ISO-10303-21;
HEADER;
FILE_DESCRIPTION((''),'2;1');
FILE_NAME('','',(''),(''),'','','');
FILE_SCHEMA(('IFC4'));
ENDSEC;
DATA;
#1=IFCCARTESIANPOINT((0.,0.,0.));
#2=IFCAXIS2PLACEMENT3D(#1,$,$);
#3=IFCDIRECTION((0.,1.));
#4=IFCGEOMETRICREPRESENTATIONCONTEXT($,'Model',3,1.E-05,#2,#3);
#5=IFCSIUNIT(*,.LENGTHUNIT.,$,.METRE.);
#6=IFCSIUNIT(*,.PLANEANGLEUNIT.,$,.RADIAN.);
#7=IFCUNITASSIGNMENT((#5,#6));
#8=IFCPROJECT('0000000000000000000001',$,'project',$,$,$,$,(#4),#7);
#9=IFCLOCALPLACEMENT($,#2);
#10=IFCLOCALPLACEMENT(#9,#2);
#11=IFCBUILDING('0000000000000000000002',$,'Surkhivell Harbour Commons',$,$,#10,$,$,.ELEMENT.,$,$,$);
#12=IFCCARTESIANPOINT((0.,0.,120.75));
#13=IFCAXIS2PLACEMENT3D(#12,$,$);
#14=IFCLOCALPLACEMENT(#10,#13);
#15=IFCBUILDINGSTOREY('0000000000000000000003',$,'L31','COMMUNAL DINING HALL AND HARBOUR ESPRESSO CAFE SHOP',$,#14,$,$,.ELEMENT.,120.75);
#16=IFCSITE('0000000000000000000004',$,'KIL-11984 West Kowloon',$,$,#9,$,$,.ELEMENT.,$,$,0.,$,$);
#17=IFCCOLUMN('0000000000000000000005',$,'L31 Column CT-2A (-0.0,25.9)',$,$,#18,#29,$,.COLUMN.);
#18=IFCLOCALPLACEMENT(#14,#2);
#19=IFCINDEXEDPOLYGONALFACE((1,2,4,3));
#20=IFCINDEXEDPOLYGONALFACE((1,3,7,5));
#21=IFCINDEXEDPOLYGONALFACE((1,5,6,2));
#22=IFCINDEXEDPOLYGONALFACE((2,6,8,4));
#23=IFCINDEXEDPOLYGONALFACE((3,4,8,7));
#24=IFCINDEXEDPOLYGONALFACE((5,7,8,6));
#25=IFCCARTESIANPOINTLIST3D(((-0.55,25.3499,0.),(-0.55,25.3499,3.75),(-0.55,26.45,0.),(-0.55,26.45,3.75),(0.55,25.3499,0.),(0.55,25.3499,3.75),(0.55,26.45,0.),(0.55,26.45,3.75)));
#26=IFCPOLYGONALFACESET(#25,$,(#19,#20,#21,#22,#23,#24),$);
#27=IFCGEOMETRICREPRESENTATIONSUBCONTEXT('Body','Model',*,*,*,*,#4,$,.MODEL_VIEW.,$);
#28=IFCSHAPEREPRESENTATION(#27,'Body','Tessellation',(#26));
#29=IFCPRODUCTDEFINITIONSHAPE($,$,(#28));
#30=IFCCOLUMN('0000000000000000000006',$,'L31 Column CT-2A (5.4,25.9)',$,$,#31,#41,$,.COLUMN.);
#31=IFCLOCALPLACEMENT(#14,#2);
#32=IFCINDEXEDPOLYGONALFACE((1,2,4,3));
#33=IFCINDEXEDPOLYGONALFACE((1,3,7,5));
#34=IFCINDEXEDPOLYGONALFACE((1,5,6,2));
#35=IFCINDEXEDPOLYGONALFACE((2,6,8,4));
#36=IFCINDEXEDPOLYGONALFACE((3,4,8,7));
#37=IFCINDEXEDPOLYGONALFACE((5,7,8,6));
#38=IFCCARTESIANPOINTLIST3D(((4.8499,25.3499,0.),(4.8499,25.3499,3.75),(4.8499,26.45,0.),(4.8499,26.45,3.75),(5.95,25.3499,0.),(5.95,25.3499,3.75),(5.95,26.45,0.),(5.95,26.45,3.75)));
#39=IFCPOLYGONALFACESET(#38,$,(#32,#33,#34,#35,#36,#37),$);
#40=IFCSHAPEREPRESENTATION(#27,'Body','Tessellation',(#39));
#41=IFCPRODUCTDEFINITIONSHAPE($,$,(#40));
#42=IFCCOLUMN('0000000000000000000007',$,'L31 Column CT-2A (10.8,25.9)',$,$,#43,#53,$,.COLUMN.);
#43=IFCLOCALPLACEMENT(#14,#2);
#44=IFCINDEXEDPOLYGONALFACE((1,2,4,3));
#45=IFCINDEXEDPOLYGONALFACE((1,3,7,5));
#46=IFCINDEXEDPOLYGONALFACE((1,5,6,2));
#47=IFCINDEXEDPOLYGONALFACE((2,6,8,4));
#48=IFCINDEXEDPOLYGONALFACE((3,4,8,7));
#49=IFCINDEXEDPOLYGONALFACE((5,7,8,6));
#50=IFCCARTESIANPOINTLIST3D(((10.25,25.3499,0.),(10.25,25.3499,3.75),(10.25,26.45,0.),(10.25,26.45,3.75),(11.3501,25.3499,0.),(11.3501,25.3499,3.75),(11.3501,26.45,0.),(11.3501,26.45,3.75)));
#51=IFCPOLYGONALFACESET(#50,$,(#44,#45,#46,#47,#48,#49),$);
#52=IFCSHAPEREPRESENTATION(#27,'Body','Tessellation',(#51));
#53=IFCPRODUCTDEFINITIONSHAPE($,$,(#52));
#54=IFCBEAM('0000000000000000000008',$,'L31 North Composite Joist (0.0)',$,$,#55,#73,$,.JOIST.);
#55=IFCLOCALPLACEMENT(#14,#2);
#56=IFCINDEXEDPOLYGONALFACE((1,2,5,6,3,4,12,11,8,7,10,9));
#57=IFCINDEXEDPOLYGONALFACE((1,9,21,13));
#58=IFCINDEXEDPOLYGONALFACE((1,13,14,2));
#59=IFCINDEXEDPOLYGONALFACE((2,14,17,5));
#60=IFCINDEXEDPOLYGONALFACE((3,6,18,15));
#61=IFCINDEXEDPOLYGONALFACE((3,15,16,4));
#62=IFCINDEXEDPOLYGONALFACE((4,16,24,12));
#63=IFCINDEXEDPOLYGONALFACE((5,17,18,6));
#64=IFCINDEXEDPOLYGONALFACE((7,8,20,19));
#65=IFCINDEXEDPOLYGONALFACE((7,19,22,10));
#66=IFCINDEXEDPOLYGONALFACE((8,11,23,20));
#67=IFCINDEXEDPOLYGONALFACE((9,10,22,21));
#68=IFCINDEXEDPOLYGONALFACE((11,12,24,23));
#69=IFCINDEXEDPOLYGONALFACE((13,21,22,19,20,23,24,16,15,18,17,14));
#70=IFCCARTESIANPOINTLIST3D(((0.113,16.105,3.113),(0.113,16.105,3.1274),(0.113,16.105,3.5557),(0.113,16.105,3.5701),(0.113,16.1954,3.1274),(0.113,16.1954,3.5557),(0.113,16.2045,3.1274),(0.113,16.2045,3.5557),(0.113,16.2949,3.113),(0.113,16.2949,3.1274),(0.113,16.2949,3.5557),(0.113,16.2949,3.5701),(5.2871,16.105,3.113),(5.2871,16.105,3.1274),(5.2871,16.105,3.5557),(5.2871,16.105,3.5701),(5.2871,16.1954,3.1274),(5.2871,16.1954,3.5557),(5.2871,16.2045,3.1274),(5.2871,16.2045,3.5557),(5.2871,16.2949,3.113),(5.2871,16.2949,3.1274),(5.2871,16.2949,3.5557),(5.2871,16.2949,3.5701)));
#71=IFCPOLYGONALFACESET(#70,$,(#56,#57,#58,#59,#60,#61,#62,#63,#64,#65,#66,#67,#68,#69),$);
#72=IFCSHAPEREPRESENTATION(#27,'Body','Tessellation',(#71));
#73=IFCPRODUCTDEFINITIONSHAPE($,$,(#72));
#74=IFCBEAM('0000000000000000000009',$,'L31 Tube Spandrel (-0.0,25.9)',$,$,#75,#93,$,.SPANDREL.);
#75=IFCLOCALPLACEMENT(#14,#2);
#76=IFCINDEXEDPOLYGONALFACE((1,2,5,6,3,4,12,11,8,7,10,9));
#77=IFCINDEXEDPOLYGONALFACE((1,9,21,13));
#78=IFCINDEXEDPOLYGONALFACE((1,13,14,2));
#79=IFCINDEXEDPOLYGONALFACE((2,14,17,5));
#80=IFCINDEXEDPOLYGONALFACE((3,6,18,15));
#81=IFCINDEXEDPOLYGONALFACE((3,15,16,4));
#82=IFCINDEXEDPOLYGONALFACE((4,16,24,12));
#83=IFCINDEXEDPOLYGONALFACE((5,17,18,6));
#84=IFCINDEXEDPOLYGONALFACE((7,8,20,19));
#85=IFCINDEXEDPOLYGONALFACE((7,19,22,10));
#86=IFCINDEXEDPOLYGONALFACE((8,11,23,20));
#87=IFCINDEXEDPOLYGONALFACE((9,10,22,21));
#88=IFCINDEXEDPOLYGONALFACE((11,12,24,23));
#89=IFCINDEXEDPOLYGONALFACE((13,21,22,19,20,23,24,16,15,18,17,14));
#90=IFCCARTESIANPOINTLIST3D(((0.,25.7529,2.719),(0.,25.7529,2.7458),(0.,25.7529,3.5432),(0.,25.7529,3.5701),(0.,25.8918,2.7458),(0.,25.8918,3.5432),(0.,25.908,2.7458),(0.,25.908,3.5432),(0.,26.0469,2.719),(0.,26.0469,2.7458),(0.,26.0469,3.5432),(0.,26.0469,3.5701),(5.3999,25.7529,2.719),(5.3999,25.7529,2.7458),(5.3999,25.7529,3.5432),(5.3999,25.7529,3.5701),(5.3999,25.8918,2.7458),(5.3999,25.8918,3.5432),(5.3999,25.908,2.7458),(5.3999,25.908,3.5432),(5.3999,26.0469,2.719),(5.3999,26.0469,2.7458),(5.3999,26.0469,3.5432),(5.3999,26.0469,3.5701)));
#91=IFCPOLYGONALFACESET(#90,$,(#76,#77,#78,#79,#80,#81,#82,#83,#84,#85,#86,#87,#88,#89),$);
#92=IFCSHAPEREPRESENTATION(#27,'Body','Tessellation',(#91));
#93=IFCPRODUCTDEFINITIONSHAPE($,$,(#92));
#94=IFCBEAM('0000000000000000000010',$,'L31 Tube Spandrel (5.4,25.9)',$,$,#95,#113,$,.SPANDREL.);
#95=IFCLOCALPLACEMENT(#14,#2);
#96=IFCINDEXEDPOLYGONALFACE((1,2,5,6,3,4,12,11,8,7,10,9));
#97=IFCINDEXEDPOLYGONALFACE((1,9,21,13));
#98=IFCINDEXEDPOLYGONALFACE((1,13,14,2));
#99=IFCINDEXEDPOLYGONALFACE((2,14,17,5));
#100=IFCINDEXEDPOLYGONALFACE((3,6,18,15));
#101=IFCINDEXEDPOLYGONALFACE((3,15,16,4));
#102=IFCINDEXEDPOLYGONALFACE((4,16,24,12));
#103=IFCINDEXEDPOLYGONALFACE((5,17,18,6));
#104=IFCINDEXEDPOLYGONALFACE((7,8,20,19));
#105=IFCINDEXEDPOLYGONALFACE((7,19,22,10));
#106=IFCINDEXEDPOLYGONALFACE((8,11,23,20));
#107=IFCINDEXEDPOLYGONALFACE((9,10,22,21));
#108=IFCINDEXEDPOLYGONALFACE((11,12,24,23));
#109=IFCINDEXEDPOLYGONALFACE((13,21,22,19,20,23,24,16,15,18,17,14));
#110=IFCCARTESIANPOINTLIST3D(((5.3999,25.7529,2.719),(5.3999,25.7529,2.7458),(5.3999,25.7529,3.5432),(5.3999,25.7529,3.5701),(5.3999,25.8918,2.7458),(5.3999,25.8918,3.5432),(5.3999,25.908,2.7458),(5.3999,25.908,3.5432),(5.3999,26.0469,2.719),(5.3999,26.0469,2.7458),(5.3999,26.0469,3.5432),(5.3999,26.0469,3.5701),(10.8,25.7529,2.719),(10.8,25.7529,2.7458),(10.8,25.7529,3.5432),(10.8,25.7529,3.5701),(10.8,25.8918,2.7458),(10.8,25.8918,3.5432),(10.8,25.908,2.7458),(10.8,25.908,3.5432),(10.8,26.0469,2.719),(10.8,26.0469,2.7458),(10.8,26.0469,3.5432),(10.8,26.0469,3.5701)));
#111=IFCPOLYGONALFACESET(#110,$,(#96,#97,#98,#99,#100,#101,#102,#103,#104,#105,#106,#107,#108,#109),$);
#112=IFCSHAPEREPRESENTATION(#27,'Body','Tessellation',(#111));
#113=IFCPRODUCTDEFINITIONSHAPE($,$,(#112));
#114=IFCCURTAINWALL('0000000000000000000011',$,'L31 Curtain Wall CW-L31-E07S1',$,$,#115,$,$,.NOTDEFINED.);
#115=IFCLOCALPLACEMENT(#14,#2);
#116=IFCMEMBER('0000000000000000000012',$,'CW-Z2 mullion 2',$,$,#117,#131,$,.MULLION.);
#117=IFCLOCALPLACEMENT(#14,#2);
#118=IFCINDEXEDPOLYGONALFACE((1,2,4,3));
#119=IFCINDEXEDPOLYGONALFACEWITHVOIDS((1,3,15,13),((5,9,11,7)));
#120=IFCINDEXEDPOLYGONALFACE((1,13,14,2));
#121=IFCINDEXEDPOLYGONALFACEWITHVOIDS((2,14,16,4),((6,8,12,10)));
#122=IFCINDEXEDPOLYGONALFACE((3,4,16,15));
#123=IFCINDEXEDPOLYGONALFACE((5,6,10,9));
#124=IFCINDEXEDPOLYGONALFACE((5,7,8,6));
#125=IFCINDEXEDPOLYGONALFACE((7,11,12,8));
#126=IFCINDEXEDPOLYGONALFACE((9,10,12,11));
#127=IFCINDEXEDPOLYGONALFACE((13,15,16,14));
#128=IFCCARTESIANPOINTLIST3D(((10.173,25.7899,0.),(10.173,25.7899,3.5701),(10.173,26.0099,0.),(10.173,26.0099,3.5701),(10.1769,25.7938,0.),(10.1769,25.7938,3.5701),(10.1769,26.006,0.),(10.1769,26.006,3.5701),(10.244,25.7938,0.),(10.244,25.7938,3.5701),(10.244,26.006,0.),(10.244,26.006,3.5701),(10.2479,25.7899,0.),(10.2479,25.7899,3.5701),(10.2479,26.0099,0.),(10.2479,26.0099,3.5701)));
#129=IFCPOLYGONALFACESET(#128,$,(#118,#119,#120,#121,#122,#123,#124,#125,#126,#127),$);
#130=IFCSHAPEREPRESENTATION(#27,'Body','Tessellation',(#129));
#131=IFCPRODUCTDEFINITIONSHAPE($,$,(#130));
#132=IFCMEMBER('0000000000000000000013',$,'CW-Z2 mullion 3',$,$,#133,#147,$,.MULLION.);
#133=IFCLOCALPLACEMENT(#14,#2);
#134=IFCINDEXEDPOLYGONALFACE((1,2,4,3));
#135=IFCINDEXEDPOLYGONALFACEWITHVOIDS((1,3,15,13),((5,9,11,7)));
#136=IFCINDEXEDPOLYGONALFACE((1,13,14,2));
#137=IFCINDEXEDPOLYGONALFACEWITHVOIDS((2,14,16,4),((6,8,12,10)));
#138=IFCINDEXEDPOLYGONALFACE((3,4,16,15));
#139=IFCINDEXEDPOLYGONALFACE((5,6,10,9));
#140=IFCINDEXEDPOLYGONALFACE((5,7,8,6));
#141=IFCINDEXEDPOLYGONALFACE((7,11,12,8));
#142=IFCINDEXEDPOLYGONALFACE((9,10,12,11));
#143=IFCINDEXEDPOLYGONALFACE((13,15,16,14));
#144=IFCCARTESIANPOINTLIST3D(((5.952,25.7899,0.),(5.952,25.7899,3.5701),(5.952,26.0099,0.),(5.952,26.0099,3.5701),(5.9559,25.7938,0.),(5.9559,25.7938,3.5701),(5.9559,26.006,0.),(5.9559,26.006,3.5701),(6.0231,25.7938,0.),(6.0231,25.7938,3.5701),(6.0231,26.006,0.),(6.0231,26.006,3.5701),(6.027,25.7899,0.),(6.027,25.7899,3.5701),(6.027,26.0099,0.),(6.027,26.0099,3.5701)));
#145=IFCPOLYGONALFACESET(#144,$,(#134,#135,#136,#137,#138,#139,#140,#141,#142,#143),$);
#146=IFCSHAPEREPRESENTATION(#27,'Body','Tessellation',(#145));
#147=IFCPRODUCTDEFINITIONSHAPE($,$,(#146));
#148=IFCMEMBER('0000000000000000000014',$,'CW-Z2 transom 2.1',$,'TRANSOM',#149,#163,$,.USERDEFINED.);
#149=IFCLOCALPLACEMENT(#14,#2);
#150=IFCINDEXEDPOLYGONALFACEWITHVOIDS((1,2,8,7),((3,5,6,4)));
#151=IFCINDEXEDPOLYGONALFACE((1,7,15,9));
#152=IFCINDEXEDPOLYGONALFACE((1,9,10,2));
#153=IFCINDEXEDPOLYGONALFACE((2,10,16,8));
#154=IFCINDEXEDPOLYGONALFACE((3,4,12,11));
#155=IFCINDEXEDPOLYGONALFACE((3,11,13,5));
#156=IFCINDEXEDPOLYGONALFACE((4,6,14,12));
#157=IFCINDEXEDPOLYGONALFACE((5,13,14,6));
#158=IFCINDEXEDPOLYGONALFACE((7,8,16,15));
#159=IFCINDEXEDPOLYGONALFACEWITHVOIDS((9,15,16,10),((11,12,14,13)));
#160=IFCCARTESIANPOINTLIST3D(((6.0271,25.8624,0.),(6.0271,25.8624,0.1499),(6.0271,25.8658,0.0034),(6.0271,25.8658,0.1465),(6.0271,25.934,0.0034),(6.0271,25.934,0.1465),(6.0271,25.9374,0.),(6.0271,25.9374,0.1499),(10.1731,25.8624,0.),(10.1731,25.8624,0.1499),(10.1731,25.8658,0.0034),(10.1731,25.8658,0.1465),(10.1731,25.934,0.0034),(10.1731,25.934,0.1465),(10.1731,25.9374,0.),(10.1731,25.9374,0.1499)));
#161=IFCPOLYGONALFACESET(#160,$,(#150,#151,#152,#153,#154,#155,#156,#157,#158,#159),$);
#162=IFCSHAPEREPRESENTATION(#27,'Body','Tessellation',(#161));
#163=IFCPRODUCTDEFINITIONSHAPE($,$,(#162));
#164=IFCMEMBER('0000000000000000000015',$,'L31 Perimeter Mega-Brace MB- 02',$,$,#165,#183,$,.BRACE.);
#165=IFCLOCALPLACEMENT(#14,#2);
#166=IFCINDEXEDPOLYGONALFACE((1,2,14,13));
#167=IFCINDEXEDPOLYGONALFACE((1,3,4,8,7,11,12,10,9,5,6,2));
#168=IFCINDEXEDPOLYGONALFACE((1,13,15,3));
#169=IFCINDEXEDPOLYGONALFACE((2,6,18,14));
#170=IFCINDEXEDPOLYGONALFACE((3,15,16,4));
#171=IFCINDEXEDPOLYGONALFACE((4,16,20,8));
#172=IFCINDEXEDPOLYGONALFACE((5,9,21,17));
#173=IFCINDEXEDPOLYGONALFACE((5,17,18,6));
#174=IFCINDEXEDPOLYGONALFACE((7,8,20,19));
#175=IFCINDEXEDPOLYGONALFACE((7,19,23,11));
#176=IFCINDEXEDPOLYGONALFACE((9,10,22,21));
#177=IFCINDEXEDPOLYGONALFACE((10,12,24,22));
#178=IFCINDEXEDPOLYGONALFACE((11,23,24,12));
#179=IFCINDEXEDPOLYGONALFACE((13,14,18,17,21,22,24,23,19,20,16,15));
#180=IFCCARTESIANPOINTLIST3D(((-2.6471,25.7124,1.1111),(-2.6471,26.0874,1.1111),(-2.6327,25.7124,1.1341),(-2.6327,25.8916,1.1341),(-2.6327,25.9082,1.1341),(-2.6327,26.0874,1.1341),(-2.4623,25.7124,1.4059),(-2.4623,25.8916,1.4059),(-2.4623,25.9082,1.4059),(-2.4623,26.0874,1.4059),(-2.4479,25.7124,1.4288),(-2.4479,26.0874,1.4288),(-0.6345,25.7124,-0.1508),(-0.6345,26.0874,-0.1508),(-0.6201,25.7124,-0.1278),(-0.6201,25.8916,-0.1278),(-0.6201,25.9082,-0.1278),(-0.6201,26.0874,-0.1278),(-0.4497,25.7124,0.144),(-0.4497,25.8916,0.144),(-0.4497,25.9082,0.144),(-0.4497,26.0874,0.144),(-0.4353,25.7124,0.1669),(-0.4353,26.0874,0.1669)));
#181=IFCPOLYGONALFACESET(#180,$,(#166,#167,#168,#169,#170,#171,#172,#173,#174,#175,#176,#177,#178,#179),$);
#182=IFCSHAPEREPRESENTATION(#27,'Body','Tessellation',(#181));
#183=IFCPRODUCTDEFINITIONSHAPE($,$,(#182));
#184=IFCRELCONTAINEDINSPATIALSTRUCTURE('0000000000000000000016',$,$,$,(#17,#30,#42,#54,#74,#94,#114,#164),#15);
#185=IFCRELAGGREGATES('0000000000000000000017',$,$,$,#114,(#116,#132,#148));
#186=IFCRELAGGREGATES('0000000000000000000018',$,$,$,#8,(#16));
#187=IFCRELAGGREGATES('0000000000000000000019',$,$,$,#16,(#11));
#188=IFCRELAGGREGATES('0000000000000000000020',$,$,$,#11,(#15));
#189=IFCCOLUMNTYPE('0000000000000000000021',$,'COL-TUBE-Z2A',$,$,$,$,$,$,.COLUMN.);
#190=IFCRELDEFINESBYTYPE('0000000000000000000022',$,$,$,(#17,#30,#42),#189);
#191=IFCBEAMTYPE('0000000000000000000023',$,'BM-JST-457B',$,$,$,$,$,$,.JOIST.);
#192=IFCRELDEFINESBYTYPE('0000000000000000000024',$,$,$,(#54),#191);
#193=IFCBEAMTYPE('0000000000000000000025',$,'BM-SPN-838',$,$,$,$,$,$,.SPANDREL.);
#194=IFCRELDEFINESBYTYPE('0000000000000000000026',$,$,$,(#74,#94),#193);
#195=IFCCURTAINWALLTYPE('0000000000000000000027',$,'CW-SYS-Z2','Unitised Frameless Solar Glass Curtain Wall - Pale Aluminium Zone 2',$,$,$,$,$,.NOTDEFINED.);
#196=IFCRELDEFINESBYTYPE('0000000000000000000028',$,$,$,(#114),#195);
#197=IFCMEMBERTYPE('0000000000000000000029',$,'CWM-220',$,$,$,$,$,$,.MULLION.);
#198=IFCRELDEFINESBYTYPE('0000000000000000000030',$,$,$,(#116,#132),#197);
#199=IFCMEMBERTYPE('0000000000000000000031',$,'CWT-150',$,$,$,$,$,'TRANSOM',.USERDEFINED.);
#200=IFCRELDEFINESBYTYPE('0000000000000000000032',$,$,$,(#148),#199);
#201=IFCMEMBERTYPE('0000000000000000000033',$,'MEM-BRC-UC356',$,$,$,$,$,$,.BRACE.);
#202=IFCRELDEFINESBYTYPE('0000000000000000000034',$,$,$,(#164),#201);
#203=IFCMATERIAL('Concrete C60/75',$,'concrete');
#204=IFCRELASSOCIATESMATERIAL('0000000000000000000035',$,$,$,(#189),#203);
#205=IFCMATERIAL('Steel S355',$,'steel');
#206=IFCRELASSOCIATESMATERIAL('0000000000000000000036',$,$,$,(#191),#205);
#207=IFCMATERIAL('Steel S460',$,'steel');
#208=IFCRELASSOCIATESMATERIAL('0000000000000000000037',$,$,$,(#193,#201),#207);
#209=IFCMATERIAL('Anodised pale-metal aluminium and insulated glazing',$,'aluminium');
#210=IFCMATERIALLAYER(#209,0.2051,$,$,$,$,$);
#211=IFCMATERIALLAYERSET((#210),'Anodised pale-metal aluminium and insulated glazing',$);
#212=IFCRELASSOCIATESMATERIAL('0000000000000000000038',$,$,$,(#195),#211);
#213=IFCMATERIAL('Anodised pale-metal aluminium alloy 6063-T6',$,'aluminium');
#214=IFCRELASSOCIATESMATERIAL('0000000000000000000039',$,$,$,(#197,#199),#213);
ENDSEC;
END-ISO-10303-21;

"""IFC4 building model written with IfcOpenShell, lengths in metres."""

from ifc_helpers import new_model, si_unit, direction, frame, origin, origin_2d, place, context, subcontext, project, spatial, rectangle, hollow_rectangle, i_section, extrude, material, layer, layer_set, material_profile, profile_set, type_object, element, aggregate, save


model = new_model("IFC4")

# Units and contexts
model_context = context("Model", 3, precision=1e-05, world=origin(), true_north=direction((0.0, 1.0)))
body_context = subcontext(model_context, "Body", "Model", "MODEL_VIEW")
ifc_project = project(units=[si_unit("LENGTHUNIT", "METRE"), si_unit("PLANEANGLEUNIT", "RADIAN")], contexts=[model_context])

# Site, building, storey
site_placement = place(None, origin())
site = spatial("IfcSite", under=ifc_project, at=site_placement, Name="KIL-11984 West Kowloon", CompositionType="ELEMENT", RefElevation=0.0)
building_placement = place(site_placement, origin())
building = spatial("IfcBuilding", under=site, at=building_placement, Name="Surkhivell Harbour Commons", CompositionType="ELEMENT")
storey_placement = place(building_placement, frame((0.0, 0.0, 120.75)))
storey = spatial("IfcBuildingStorey", under=building, at=storey_placement, Name="L31", Description="COMMUNAL DINING HALL AND HARBOUR ESPRESSO CAFE SHOP", CompositionType="ELEMENT", Elevation=120.75)

# Columns
ifc_material_1 = material(Name="Concrete C60/75", Category="concrete")
ifc_material_profile_1 = material_profile(ifc_material_1, rectangle(XDim=1.1001, YDim=1.1001, at=origin_2d()), Name="RC-COL-1100x1100")
ifc_profile_set_1 = profile_set([ifc_material_profile_1], Name="Concrete C60/75")
column_type = type_object("IfcColumnType", Name="COL-TUBE-Z2A", PredefinedType="COLUMN", material=ifc_profile_set_1)
for number, where, z_axis, x_axis, name in (
    (1, (0.0, 25.8999, 0.0), (0.0, 0.0, 1.0), (1.0, 0.0, 0.0), "L31 Column CT-2A (-0.0,25.9)"),
    (2, (5.3999, 25.8999, 0.0), (0.0, 0.0, 1.0), (1.0, 0.0, 0.0), "L31 Column CT-2A (5.4,25.9)"),
    (3, (10.8, 25.8999, 0.0), (0.0, 0.0, 1.0), (1.0, 0.0, 0.0), "L31 Column CT-2A (10.8,25.9)"),
):
    element("IfcColumn", number, at=place(storey_placement, frame(where, z_axis=z_axis, x_axis=x_axis)), inside=storey, type_object=column_type, Name=name, PredefinedType="COLUMN", context=body_context, shape_type="SweptSolid", body=[
        extrude(rectangle(XDim=1.1001, YDim=1.1001, at=origin_2d()), origin(), (0.0, 0.0, 1.0), 3.75),
    ])

# Beams
ifc_material_2 = material(Name="Steel S355", Category="steel")
ifc_material_profile_2 = material_profile(ifc_material_2, i_section(OverallWidth=0.1899, OverallDepth=0.457, WebThickness=0.009, FlangeThickness=0.0144, at=origin_2d()), Name="UB457x191x74")
ifc_profile_set_2 = profile_set([ifc_material_profile_2], Name="Steel S355")
beam_type_1 = type_object("IfcBeamType", Name="BM-JST-457B", PredefinedType="JOIST", material=ifc_profile_set_2)
beam_1_placement = place(storey_placement, frame((0.113, 16.2, 3.3416), z_axis=(1.0, 0.0, 0.0), x_axis=(0.0, 1.0, 0.0)))
element("IfcBeam", 4, at=beam_1_placement, inside=storey, type_object=beam_type_1, Name="L31 North Composite Joist (0.0)", PredefinedType="JOIST", context=body_context, shape_type="SweptSolid", body=[
    extrude(i_section(OverallWidth=0.1899, OverallDepth=0.457, WebThickness=0.009, FlangeThickness=0.0144, at=origin_2d()), origin(), (0.0, 0.0, 1.0), 5.1741),
])
ifc_material_3 = material(Name="Steel S460", Category="steel")
ifc_material_profile_3 = material_profile(ifc_material_3, i_section(OverallWidth=0.2939, OverallDepth=0.8511, WebThickness=0.0161, FlangeThickness=0.0269, at=origin_2d()), Name="UB838x292x226")
ifc_profile_set_3 = profile_set([ifc_material_profile_3], Name="Steel S460")
beam_type_2 = type_object("IfcBeamType", Name="BM-SPN-838", PredefinedType="SPANDREL", material=ifc_profile_set_3)
beam_2_placement = place(storey_placement, frame((0.0, 25.8999, 3.1445), z_axis=(1.0, 0.0, 0.0), x_axis=(0.0, 1.0, 0.0)))
element("IfcBeam", 5, at=beam_2_placement, inside=storey, type_object=beam_type_2, Name="L31 Tube Spandrel (-0.0,25.9)", PredefinedType="SPANDREL", context=body_context, shape_type="SweptSolid", body=[
    extrude(i_section(OverallWidth=0.2939, OverallDepth=0.8511, WebThickness=0.0161, FlangeThickness=0.0269, at=origin_2d()), origin(), (0.0, 0.0, 1.0), 5.3999),
])
beam_3_placement = place(storey_placement, frame((5.3999, 25.8999, 3.1445), z_axis=(1.0, 0.0, 0.0), x_axis=(0.0, 1.0, 0.0)))
element("IfcBeam", 6, at=beam_3_placement, inside=storey, type_object=beam_type_2, Name="L31 Tube Spandrel (5.4,25.9)", PredefinedType="SPANDREL", context=body_context, shape_type="SweptSolid", body=[
    extrude(i_section(OverallWidth=0.2939, OverallDepth=0.8511, WebThickness=0.0161, FlangeThickness=0.0269, at=origin_2d()), origin(), (0.0, 0.0, 1.0), 5.4001),
])

# Curtain wall, members
ifc_material_4 = material(Name="Anodised pale-metal aluminium and insulated glazing", Category="aluminium")
ifc_layer_1 = layer(ifc_material_4, 0.2051)
ifc_layer_set_1 = layer_set([ifc_layer_1], Name="Anodised pale-metal aluminium and insulated glazing")
curtain_wall_type = type_object("IfcCurtainWallType", Name="CW-SYS-Z2", Description="Unitised Frameless Solar Glass Curtain Wall - Pale Aluminium Zone 2", PredefinedType="NOTDEFINED", material=ifc_layer_set_1)
curtain_wall_placement = place(storey_placement, origin())
curtain_wall = element("IfcCurtainWall", 7, at=curtain_wall_placement, inside=storey, type_object=curtain_wall_type, Name="L31 Curtain Wall CW-L31-E07S1", PredefinedType="NOTDEFINED")
ifc_material_5 = material(Name="Anodised pale-metal aluminium alloy 6063-T6", Category="aluminium")
ifc_material_profile_4 = material_profile(ifc_material_5, hollow_rectangle(XDim=0.075, YDim=0.22, WallThickness=0.0039, at=origin_2d()), Name="ALU-MULL-75x220")
ifc_profile_set_4 = profile_set([ifc_material_profile_4], Name="Anodised pale-metal aluminium alloy 6063-T6")
member_type_1 = type_object("IfcMemberType", Name="CWM-220", PredefinedType="MULLION", material=ifc_profile_set_4)
member_1_placement = place(storey_placement, frame((10.2104, 25.8999, 0.0), z_axis=(0.0, 0.0, 1.0), x_axis=(-1.0, 0.0, 0.0)))
member_1 = element("IfcMember", 8, at=member_1_placement, type_object=member_type_1, Name="CW-Z2 mullion 2", PredefinedType="MULLION", context=body_context, shape_type="SweptSolid", body=[
    extrude(hollow_rectangle(XDim=0.075, YDim=0.22, WallThickness=0.0039, at=origin_2d()), origin(), (0.0, 0.0, 1.0), 3.5701),
])
member_2_placement = place(storey_placement, frame((5.9895, 25.8999, 0.0), z_axis=(0.0, 0.0, 1.0), x_axis=(-1.0, 0.0, 0.0)))
member_2 = element("IfcMember", 9, at=member_2_placement, type_object=member_type_1, Name="CW-Z2 mullion 3", PredefinedType="MULLION", context=body_context, shape_type="SweptSolid", body=[
    extrude(hollow_rectangle(XDim=0.075, YDim=0.22, WallThickness=0.0039, at=origin_2d()), origin(), (0.0, 0.0, 1.0), 3.5701),
])
ifc_material_profile_5 = material_profile(ifc_material_5, hollow_rectangle(XDim=0.075, YDim=0.1499, WallThickness=0.0034, at=origin_2d()), Name="ALU-TRAN-75x150")
ifc_profile_set_5 = profile_set([ifc_material_profile_5], Name="Anodised pale-metal aluminium alloy 6063-T6")
member_type_2 = type_object("IfcMemberType", Name="CWT-150", ElementType="TRANSOM", PredefinedType="USERDEFINED", material=ifc_profile_set_5)
member_3_placement = place(storey_placement, frame((10.1731, 25.8999, 0.075), z_axis=(-1.0, 0.0, 0.0), x_axis=(0.0, -1.0, 0.0)))
member_3 = element("IfcMember", 10, at=member_3_placement, type_object=member_type_2, Name="CW-Z2 transom 2.1", ObjectType="TRANSOM", PredefinedType="USERDEFINED", context=body_context, shape_type="SweptSolid", body=[
    extrude(hollow_rectangle(XDim=0.075, YDim=0.1499, WallThickness=0.0034, at=origin_2d()), origin(), (0.0, 0.0, 1.0), 4.146),
])

# Member
ifc_material_profile_6 = material_profile(ifc_material_3, i_section(OverallWidth=0.375, OverallDepth=0.375, WebThickness=0.0166, FlangeThickness=0.0271, at=origin_2d()), Name="UC356x368x202")
ifc_profile_set_6 = profile_set([ifc_material_profile_6], Name="Steel S460")
member_type_3 = type_object("IfcMemberType", Name="MEM-BRC-UC356", PredefinedType="BRACE", material=ifc_profile_set_6)
member_4_placement = place(storey_placement, frame((-0.5349, 25.8999, 0.0081), z_axis=(-0.847235, 0.0, 0.531218), x_axis=(0.0, -1.0, 0.0)))
element("IfcMember", 11, at=member_4_placement, inside=storey, type_object=member_type_3, Name="L31 Perimeter Mega-Brace MB- 02", PredefinedType="BRACE", context=body_context, shape_type="SweptSolid", body=[
    extrude(i_section(OverallWidth=0.375, OverallDepth=0.375, WebThickness=0.0166, FlangeThickness=0.0271, at=origin_2d()), origin(), (0.0, 0.0, 1.0), 2.3755),
])

aggregate(curtain_wall, [member_1, member_2, member_3])

save(model, "model.ifc")
